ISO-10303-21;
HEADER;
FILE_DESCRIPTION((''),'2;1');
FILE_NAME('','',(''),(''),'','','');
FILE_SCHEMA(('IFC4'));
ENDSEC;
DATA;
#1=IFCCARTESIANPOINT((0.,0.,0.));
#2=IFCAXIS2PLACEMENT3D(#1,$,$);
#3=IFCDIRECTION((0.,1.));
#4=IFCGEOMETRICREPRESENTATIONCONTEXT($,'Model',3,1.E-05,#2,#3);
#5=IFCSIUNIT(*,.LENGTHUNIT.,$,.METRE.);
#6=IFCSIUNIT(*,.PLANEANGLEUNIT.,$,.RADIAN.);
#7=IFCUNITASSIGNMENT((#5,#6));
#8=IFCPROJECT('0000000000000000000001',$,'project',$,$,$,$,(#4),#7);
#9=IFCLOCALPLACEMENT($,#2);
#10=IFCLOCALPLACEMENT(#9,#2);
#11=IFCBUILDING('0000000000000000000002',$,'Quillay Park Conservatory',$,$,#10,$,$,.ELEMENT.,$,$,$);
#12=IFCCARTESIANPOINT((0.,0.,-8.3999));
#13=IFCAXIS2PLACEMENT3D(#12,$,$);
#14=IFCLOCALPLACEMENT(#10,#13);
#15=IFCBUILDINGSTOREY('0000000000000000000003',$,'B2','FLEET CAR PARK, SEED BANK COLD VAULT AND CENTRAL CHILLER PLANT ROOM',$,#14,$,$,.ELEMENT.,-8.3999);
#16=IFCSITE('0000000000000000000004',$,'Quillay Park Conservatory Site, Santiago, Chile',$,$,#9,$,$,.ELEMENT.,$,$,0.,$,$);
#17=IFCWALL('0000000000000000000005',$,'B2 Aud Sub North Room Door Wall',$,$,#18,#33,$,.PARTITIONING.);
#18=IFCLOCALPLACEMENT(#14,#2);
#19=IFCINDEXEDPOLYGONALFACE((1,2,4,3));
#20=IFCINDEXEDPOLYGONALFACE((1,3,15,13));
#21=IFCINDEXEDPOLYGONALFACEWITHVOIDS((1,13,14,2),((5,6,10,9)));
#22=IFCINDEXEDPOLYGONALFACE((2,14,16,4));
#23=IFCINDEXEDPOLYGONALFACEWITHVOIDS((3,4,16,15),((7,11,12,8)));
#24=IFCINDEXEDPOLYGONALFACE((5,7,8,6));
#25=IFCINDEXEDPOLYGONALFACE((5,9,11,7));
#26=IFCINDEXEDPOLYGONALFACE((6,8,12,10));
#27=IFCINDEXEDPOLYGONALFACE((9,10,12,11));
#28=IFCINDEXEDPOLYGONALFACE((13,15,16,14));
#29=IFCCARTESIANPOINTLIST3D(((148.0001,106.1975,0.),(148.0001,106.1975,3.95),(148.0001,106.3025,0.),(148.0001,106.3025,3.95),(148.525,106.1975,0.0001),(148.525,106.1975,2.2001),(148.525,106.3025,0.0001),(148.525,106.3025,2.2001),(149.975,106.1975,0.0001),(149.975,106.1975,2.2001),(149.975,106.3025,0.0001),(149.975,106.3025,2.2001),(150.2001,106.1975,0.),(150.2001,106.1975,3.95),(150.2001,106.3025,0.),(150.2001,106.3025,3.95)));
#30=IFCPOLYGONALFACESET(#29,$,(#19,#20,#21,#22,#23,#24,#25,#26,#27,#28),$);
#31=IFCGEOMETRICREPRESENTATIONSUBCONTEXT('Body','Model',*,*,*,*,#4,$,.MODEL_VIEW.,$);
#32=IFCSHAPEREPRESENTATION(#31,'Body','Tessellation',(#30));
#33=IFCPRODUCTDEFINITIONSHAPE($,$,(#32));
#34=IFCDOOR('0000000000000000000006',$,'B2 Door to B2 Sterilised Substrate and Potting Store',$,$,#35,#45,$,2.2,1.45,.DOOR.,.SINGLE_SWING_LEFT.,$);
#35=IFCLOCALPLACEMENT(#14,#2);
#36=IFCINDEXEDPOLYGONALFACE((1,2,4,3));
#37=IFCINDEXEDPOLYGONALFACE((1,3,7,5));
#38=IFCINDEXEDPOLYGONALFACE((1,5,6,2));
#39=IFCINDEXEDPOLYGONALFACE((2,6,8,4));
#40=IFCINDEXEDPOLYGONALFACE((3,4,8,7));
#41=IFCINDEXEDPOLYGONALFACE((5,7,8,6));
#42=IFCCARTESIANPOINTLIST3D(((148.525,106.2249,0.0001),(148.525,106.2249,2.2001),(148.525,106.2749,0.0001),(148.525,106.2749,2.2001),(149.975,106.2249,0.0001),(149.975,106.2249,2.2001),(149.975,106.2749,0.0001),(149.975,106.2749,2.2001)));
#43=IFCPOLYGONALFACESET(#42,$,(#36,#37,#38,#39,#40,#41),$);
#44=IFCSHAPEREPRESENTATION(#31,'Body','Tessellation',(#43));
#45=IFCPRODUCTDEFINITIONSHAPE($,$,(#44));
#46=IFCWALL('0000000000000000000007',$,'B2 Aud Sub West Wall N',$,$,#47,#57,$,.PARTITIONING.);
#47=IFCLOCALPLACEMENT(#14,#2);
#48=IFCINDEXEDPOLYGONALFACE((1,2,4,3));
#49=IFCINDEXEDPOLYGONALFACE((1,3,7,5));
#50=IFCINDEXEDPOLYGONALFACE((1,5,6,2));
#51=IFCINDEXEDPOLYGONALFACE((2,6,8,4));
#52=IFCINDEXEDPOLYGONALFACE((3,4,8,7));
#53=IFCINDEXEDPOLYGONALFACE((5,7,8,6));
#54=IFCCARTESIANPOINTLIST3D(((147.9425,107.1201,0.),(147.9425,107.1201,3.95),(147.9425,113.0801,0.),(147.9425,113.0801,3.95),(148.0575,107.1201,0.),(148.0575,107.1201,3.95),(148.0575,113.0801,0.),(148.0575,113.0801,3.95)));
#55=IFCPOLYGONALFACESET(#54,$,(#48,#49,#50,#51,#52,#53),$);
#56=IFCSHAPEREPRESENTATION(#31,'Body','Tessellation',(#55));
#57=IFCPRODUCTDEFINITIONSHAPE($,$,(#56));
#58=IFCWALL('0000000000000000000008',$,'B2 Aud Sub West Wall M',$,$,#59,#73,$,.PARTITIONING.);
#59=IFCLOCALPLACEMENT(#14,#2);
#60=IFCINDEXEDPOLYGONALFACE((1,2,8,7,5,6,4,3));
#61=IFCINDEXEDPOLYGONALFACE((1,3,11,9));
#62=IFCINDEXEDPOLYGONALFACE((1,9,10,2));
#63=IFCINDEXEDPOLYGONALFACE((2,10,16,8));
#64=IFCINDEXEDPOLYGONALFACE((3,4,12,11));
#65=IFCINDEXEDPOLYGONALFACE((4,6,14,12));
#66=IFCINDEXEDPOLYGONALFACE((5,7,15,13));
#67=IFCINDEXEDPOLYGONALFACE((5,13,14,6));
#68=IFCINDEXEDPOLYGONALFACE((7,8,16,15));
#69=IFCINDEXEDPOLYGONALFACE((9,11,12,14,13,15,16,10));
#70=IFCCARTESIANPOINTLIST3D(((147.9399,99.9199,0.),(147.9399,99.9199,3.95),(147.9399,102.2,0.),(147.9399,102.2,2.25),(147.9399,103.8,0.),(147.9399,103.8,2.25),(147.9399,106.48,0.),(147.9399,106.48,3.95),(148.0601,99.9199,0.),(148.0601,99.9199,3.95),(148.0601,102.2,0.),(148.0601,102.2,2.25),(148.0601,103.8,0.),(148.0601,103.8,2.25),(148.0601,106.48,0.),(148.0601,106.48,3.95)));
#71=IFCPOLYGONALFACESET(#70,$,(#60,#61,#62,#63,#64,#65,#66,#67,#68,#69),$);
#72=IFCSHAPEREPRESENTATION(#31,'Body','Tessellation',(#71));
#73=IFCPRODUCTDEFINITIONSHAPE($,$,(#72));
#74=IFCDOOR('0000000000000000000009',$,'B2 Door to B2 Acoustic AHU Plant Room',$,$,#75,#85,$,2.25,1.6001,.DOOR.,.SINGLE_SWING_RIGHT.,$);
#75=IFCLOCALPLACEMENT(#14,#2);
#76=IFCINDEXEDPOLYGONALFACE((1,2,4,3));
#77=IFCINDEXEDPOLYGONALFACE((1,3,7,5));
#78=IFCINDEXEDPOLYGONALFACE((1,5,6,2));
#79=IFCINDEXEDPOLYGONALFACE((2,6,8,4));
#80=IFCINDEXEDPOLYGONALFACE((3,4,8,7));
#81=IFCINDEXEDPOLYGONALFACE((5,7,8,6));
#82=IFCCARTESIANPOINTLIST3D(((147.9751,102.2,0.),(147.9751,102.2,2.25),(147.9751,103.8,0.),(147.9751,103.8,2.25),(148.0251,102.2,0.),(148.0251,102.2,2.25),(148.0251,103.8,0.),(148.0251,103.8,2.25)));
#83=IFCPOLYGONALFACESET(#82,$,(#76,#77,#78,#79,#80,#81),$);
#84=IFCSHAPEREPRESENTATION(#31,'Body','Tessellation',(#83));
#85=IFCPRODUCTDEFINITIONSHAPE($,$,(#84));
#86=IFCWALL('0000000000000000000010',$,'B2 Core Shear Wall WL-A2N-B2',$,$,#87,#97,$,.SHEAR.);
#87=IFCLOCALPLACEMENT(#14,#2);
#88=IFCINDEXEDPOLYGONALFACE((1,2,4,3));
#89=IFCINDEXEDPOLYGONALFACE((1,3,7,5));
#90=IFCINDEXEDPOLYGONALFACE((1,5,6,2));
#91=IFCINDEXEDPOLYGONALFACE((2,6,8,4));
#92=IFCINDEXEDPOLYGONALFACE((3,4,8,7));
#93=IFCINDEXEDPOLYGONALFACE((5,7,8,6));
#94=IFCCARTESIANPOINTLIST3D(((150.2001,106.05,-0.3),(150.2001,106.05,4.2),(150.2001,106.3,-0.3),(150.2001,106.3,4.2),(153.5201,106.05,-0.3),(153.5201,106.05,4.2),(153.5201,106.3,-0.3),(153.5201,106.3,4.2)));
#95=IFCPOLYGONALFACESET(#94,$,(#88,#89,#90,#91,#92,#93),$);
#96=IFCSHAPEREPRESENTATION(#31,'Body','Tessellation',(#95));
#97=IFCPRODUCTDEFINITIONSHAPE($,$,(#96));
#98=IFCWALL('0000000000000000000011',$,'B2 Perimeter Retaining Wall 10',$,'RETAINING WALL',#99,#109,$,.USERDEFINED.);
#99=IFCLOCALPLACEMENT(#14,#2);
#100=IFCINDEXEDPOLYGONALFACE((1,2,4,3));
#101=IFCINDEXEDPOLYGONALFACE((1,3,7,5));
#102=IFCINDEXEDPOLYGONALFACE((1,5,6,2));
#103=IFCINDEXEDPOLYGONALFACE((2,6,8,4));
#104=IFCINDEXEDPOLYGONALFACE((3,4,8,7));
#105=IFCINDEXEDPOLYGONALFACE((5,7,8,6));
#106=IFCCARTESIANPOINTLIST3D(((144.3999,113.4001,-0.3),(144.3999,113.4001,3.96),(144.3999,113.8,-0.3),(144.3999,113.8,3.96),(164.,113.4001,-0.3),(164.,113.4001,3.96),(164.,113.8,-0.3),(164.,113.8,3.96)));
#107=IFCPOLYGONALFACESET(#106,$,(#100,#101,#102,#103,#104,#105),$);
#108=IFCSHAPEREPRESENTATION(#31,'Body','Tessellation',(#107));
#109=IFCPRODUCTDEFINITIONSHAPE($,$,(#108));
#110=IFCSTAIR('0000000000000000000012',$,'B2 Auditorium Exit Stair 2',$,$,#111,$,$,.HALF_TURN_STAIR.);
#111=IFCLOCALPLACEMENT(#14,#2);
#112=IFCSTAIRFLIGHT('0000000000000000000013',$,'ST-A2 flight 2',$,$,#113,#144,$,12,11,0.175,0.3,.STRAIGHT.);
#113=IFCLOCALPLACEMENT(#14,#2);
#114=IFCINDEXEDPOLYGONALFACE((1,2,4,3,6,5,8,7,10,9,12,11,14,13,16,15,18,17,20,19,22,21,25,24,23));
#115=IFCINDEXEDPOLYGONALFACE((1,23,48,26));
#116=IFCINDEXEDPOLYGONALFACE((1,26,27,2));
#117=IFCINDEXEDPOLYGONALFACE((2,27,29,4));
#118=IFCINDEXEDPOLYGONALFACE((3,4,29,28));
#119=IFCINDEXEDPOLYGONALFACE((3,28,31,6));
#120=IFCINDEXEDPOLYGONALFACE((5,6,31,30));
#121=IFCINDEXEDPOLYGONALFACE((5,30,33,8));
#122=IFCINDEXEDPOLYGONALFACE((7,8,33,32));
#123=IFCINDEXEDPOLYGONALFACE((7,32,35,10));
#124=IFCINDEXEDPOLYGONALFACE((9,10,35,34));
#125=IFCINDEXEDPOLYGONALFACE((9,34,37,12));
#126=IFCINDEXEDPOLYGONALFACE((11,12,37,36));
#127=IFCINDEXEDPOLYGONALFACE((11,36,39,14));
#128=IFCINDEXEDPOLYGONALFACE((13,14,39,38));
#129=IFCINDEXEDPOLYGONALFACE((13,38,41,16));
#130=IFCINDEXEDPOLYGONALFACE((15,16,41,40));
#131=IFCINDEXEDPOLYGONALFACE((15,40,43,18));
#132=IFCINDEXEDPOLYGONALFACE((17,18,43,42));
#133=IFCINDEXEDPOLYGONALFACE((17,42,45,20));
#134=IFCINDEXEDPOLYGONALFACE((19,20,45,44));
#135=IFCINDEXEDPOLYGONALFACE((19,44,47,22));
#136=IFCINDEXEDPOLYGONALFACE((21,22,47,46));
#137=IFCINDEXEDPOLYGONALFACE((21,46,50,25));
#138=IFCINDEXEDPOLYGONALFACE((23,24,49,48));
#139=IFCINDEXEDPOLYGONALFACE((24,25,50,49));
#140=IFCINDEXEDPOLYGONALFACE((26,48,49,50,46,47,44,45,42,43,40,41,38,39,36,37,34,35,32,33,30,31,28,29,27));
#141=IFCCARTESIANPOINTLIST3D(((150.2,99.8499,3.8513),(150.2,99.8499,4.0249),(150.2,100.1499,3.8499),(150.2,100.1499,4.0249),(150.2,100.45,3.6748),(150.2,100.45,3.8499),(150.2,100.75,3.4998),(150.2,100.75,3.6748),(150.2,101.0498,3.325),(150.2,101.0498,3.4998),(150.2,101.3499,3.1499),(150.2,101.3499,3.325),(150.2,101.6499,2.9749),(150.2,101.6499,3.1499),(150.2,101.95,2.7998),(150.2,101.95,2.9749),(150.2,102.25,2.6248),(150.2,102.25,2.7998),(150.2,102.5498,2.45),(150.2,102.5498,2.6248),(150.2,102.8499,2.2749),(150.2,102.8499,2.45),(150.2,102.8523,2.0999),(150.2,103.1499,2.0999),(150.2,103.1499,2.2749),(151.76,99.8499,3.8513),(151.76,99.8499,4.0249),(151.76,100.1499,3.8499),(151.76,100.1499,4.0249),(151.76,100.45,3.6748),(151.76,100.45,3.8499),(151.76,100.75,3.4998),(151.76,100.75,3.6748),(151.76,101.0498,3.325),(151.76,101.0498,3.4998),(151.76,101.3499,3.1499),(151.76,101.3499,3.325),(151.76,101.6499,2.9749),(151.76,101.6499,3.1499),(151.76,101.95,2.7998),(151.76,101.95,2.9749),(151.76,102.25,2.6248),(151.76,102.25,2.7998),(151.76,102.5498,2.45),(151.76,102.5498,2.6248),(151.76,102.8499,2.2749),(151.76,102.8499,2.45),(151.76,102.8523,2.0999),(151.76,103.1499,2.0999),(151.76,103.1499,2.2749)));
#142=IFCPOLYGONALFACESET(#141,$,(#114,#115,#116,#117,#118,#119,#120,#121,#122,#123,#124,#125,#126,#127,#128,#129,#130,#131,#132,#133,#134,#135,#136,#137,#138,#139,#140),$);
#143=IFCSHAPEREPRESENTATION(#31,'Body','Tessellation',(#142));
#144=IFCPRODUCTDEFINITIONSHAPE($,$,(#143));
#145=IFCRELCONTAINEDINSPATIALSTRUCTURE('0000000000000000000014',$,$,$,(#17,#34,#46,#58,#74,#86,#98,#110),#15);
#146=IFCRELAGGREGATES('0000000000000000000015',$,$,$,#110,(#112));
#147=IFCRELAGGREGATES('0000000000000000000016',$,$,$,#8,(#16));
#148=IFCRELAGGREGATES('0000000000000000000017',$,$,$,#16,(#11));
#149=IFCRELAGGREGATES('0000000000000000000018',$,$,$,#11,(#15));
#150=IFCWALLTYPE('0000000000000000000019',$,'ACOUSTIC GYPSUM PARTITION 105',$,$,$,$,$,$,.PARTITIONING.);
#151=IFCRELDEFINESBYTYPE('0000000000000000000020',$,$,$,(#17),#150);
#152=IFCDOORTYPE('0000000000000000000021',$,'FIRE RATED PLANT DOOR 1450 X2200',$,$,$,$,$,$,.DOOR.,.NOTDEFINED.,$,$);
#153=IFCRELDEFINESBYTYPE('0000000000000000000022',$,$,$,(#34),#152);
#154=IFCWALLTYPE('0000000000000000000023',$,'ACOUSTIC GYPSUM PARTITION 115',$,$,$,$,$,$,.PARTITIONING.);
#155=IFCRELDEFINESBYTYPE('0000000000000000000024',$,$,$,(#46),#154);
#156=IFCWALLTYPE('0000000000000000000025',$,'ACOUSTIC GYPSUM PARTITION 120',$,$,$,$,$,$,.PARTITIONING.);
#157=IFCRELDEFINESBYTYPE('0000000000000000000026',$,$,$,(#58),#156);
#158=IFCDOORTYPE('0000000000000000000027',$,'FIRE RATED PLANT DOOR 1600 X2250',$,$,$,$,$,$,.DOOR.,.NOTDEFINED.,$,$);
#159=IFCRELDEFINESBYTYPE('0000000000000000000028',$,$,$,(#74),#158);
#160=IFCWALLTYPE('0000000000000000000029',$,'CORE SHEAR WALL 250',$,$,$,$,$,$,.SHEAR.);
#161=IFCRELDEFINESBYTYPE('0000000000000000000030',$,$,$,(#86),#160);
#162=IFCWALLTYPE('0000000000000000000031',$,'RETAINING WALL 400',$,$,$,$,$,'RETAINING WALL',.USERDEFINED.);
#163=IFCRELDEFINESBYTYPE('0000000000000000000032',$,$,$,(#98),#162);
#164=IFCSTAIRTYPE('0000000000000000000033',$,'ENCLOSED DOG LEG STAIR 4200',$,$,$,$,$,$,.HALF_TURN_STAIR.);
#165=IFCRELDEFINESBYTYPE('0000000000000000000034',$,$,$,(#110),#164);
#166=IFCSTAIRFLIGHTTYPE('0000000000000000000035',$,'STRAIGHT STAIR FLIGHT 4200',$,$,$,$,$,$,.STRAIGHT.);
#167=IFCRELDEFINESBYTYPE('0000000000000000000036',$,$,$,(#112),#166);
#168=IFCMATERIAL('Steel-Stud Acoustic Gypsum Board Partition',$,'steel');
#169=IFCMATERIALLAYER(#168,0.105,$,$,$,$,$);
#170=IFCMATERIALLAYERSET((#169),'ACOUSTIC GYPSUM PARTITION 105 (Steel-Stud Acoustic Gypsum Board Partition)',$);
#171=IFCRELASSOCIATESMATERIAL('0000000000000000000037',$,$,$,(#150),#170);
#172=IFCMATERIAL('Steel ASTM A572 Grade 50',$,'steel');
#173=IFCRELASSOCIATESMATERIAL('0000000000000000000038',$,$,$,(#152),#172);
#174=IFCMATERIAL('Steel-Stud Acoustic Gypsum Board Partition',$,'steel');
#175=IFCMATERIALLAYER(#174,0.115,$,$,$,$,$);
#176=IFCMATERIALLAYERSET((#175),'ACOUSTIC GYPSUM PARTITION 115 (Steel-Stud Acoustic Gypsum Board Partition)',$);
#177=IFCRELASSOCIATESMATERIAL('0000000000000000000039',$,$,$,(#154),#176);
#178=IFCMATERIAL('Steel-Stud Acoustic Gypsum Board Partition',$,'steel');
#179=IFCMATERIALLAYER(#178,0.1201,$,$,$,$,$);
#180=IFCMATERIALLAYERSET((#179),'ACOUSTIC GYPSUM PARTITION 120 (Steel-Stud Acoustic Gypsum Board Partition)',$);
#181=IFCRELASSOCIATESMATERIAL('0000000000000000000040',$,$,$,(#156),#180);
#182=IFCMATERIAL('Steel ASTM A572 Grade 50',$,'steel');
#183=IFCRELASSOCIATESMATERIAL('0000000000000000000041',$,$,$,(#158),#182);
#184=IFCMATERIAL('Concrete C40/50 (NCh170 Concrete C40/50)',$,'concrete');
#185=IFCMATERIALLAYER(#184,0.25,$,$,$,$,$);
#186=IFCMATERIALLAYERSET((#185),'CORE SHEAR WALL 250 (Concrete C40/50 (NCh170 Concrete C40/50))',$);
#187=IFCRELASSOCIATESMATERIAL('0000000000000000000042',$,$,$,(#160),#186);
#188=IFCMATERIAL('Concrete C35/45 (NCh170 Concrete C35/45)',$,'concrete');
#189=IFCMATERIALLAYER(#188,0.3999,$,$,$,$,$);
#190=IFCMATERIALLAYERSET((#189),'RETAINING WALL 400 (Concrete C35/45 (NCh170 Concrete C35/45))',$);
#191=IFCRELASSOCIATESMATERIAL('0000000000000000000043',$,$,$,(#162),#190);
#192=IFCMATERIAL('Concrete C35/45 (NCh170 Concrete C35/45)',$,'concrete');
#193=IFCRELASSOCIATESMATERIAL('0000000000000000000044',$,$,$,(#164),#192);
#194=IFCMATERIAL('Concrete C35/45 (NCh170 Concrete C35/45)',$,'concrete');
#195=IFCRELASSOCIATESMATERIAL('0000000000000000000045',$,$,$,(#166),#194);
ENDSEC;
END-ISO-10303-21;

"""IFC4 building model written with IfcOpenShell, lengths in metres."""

from ifc_helpers import new_model, si_unit, direction, frame, frame_2d, origin, place, context, subcontext, project, spatial, polyline, rectangle, outline, extrude, material, layer, layer_set, type_object, element, fill, aggregate, save


model = new_model("IFC4")

# Units and contexts
model_context = context("Model", 3, precision=1e-05, world=origin(), true_north=direction((0.0, 1.0)))
body_context = subcontext(model_context, "Body", "Model", "MODEL_VIEW")
ifc_project = project(units=[si_unit("LENGTHUNIT", "METRE"), si_unit("PLANEANGLEUNIT", "RADIAN")], contexts=[model_context])

# Site, building, storey
site_placement = place(None, origin())
site = spatial("IfcSite", under=ifc_project, at=site_placement, Name="Quillay Park Conservatory Site, Santiago, Chile", CompositionType="ELEMENT", RefElevation=0.0)
building_placement = place(site_placement, origin())
building = spatial("IfcBuilding", under=site, at=building_placement, Name="Quillay Park Conservatory", CompositionType="ELEMENT")
storey_placement = place(building_placement, frame((0.0, 0.0, -8.3999)))
storey = spatial("IfcBuildingStorey", under=building, at=storey_placement, Name="B2", Description="FLEET CAR PARK, SEED BANK COLD VAULT AND CENTRAL CHILLER PLANT ROOM", CompositionType="ELEMENT", Elevation=-8.3999)

# Wall, opening, door
ifc_material_1 = material(Name="Steel-Stud Acoustic Gypsum Board Partition", Category="steel")
ifc_layer_1 = layer(ifc_material_1, 0.105)
ifc_layer_set_1 = layer_set([ifc_layer_1], Name="ACOUSTIC GYPSUM PARTITION 105 (Steel-Stud Acoustic Gypsum Board Partition)")
wall_type_1 = type_object("IfcWallType", Name="ACOUSTIC GYPSUM PARTITION 105", PredefinedType="PARTITIONING", material=ifc_layer_set_1)
wall_1_placement = place(storey_placement, frame((148.0, 106.25, 0.0), z_axis=(0.0, 0.0, 1.0), x_axis=(1.0, 0.0, 0.0)))
wall_1 = element("IfcWall", 1, at=wall_1_placement, inside=storey, type_object=wall_type_1, Name="B2 Aud Sub North Room Door Wall", PredefinedType="PARTITIONING", context=body_context, shape_type="SweptSolid", body=[
    extrude(rectangle(XDim=2.2, YDim=0.105, at=frame_2d((1.1001, 0.0))), origin(), (0.0, 0.0, 1.0), 3.95),
])
opening_1_placement = place(wall_1_placement, frame((0.5249, 0.0, 0.0)))
opening_1 = element("IfcOpeningElement", 2, at=opening_1_placement, cuts=wall_1, PredefinedType="OPENING", context=body_context, shape_type="SweptSolid", body=[
    extrude(rectangle(XDim=1.45, YDim=2.2, at=frame_2d((0.7251, 1.1001))), frame((0.0, 0.0525, 0.0), z_axis=(0.0, -1.0, 0.0), x_axis=(1.0, 0.0, 0.0)), (0.0, 0.0, 1.0), 0.105),
])
ifc_material_2 = material(Name="Steel ASTM A572 Grade 50", Category="steel")
door_type_1 = type_object("IfcDoorType", Name="FIRE RATED PLANT DOOR 1450 X2200", OperationType="NOTDEFINED", PredefinedType="DOOR", material=ifc_material_2)
door_1_placement = place(opening_1_placement, origin())
door_1 = element("IfcDoor", 3, at=door_1_placement, inside=storey, type_object=door_type_1, Name="B2 Door to B2 Sterilised Substrate and Potting Store", OperationType="SINGLE_SWING_LEFT", OverallHeight=2.2, OverallWidth=1.45, PredefinedType="DOOR", context=body_context, shape_type="SweptSolid", body=[
    extrude(rectangle(XDim=1.45, YDim=2.2, at=frame_2d((0.7251, 1.1001))), frame((0.0, 0.0249, 0.0), z_axis=(0.0, -1.0, 0.0), x_axis=(1.0, 0.0, 0.0)), (0.0, 0.0, 1.0), 0.05),
])
fill(opening_1, door_1)

# Wall
ifc_material_3 = material(Name="Steel-Stud Acoustic Gypsum Board Partition", Category="steel")
ifc_layer_2 = layer(ifc_material_3, 0.115)
ifc_layer_set_2 = layer_set([ifc_layer_2], Name="ACOUSTIC GYPSUM PARTITION 115 (Steel-Stud Acoustic Gypsum Board Partition)")
wall_type_2 = type_object("IfcWallType", Name="ACOUSTIC GYPSUM PARTITION 115", PredefinedType="PARTITIONING", material=ifc_layer_set_2)
wall_2_placement = place(storey_placement, frame((148.0, 107.1201, 0.0), z_axis=(0.0, 0.0, 1.0), x_axis=(0.0, 1.0, 0.0)))
element("IfcWall", 4, at=wall_2_placement, inside=storey, type_object=wall_type_2, Name="B2 Aud Sub West Wall N", PredefinedType="PARTITIONING", context=body_context, shape_type="SweptSolid", body=[
    extrude(rectangle(XDim=5.96, YDim=0.115, at=frame_2d((2.98, 0.0))), origin(), (0.0, 0.0, 1.0), 3.95),
])

# Wall, opening, door
ifc_material_4 = material(Name="Steel-Stud Acoustic Gypsum Board Partition", Category="steel")
ifc_layer_3 = layer(ifc_material_4, 0.1201)
ifc_layer_set_3 = layer_set([ifc_layer_3], Name="ACOUSTIC GYPSUM PARTITION 120 (Steel-Stud Acoustic Gypsum Board Partition)")
wall_type_3 = type_object("IfcWallType", Name="ACOUSTIC GYPSUM PARTITION 120", PredefinedType="PARTITIONING", material=ifc_layer_set_3)
wall_3_placement = place(storey_placement, frame((148.0, 99.9199, 0.0), z_axis=(0.0, 0.0, 1.0), x_axis=(0.0, 1.0, 0.0)))
wall_3 = element("IfcWall", 5, at=wall_3_placement, inside=storey, type_object=wall_type_3, Name="B2 Aud Sub West Wall M", PredefinedType="PARTITIONING", context=body_context, shape_type="SweptSolid", body=[
    extrude(rectangle(XDim=6.5601, YDim=0.1201, at=frame_2d((3.28, 0.0))), origin(), (0.0, 0.0, 1.0), 3.95),
])
opening_2_placement = place(wall_3_placement, frame((2.28, 0.0, 0.0)))
opening_2 = element("IfcOpeningElement", 6, at=opening_2_placement, cuts=wall_3, PredefinedType="OPENING", context=body_context, shape_type="SweptSolid", body=[
    extrude(rectangle(XDim=1.6001, YDim=2.25, at=frame_2d((0.8, 1.125))), frame((0.0, 0.0601, 0.0), z_axis=(0.0, -1.0, 0.0), x_axis=(1.0, 0.0, 0.0)), (0.0, 0.0, 1.0), 0.1201),
])
ifc_material_5 = material(Name="Steel ASTM A572 Grade 50", Category="steel")
door_type_2 = type_object("IfcDoorType", Name="FIRE RATED PLANT DOOR 1600 X2250", OperationType="NOTDEFINED", PredefinedType="DOOR", material=ifc_material_5)
door_2_placement = place(opening_2_placement, origin())
door_2 = element("IfcDoor", 7, at=door_2_placement, inside=storey, type_object=door_type_2, Name="B2 Door to B2 Acoustic AHU Plant Room", OperationType="SINGLE_SWING_RIGHT", OverallHeight=2.25, OverallWidth=1.6001, PredefinedType="DOOR", context=body_context, shape_type="SweptSolid", body=[
    extrude(rectangle(XDim=1.6001, YDim=2.25, at=frame_2d((0.8, 1.125))), frame((0.0, 0.0249, 0.0), z_axis=(0.0, -1.0, 0.0), x_axis=(1.0, 0.0, 0.0)), (0.0, 0.0, 1.0), 0.05),
])
fill(opening_2, door_2)

# Walls
ifc_material_6 = material(Name="Concrete C40/50 (NCh170 Concrete C40/50)", Category="concrete")
ifc_layer_4 = layer(ifc_material_6, 0.25)
ifc_layer_set_4 = layer_set([ifc_layer_4], Name="CORE SHEAR WALL 250 (Concrete C40/50 (NCh170 Concrete C40/50))")
wall_type_4 = type_object("IfcWallType", Name="CORE SHEAR WALL 250", PredefinedType="SHEAR", material=ifc_layer_set_4)
wall_4_placement = place(storey_placement, frame((150.2, 106.175, -0.3), z_axis=(0.0, 0.0, 1.0), x_axis=(1.0, 0.0, 0.0)))
element("IfcWall", 8, at=wall_4_placement, inside=storey, type_object=wall_type_4, Name="B2 Core Shear Wall WL-A2N-B2", PredefinedType="SHEAR", context=body_context, shape_type="SweptSolid", body=[
    extrude(rectangle(XDim=3.3201, YDim=0.25, at=frame_2d((1.6602, 0.0))), origin(), (0.0, 0.0, 1.0), 4.5),
])
ifc_material_7 = material(Name="Concrete C35/45 (NCh170 Concrete C35/45)", Category="concrete")
ifc_layer_5 = layer(ifc_material_7, 0.3999)
ifc_layer_set_5 = layer_set([ifc_layer_5], Name="RETAINING WALL 400 (Concrete C35/45 (NCh170 Concrete C35/45))")
wall_type_5 = type_object("IfcWallType", Name="RETAINING WALL 400", ElementType="RETAINING WALL", PredefinedType="USERDEFINED", material=ifc_layer_set_5)
wall_5_placement = place(storey_placement, frame((144.3999, 113.6001, -0.3), z_axis=(0.0, 0.0, 1.0), x_axis=(1.0, 0.0, 0.0)))
element("IfcWall", 9, at=wall_5_placement, inside=storey, type_object=wall_type_5, Name="B2 Perimeter Retaining Wall 10", ObjectType="RETAINING WALL", PredefinedType="USERDEFINED", context=body_context, shape_type="SweptSolid", body=[
    extrude(rectangle(XDim=19.6001, YDim=0.3999, at=frame_2d((9.8, 0.0))), origin(), (0.0, 0.0, 1.0), 4.26),
])

# Stair, stair flight
ifc_material_8 = material(Name="Concrete C35/45 (NCh170 Concrete C35/45)", Category="concrete")
stair_type = type_object("IfcStairType", Name="ENCLOSED DOG LEG STAIR 4200", PredefinedType="HALF_TURN_STAIR", material=ifc_material_8)
stair_placement = place(storey_placement, origin())
stair = element("IfcStair", 10, at=stair_placement, inside=storey, type_object=stair_type, Name="B2 Auditorium Exit Stair 2", PredefinedType="HALF_TURN_STAIR")
ifc_material_9 = material(Name="Concrete C35/45 (NCh170 Concrete C35/45)", Category="concrete")
stair_flight_type = type_object("IfcStairFlightType", Name="STRAIGHT STAIR FLIGHT 4200", PredefinedType="STRAIGHT", material=ifc_material_9)
stair_flight_placement = place(storey_placement, frame((150.98, 103.1499, 2.0999), z_axis=(0.0, 0.0, 1.0), x_axis=(0.0, -1.0, 0.0)))
stair_flight = element("IfcStairFlight", 11, at=stair_flight_placement, type_object=stair_flight_type, Name="ST-A2 flight 2", NumberOfRisers=12, NumberOfTreads=11, PredefinedType="STRAIGHT", RiserHeight=0.175, TreadLength=0.3, context=body_context, shape_type="SweptSolid", body=[
    extrude(outline(polyline([(0.0, 0.0), (0.0, 0.175), (0.3, 0.175), (0.3, 0.3501), (0.6001, 0.3501), (0.6001, 0.5249), (0.8999, 0.5249), (0.8999, 0.7), (1.2, 0.7), (1.2, 0.875), (1.5, 0.875), (1.5, 1.05), (1.8, 1.05), (1.8, 1.2251), (2.1001, 1.2251), (2.1001, 1.3999), (2.3999, 1.3999), (2.3999, 1.575), (2.7, 1.575), (2.7, 1.75), (3.0, 1.75), (3.0, 1.925), (3.3, 1.925), (3.3, 2.1001), (3.3, 1.7515), (0.2976, 0.0), (0.0, 0.0)])), frame((0.0, 0.78, 0.0), z_axis=(0.0, -1.0, 0.0), x_axis=(1.0, 0.0, 0.0)), (0.0, 0.0, 1.0), 1.5601),
])
aggregate(stair, [stair_flight])

save(model, "model.ifc")
